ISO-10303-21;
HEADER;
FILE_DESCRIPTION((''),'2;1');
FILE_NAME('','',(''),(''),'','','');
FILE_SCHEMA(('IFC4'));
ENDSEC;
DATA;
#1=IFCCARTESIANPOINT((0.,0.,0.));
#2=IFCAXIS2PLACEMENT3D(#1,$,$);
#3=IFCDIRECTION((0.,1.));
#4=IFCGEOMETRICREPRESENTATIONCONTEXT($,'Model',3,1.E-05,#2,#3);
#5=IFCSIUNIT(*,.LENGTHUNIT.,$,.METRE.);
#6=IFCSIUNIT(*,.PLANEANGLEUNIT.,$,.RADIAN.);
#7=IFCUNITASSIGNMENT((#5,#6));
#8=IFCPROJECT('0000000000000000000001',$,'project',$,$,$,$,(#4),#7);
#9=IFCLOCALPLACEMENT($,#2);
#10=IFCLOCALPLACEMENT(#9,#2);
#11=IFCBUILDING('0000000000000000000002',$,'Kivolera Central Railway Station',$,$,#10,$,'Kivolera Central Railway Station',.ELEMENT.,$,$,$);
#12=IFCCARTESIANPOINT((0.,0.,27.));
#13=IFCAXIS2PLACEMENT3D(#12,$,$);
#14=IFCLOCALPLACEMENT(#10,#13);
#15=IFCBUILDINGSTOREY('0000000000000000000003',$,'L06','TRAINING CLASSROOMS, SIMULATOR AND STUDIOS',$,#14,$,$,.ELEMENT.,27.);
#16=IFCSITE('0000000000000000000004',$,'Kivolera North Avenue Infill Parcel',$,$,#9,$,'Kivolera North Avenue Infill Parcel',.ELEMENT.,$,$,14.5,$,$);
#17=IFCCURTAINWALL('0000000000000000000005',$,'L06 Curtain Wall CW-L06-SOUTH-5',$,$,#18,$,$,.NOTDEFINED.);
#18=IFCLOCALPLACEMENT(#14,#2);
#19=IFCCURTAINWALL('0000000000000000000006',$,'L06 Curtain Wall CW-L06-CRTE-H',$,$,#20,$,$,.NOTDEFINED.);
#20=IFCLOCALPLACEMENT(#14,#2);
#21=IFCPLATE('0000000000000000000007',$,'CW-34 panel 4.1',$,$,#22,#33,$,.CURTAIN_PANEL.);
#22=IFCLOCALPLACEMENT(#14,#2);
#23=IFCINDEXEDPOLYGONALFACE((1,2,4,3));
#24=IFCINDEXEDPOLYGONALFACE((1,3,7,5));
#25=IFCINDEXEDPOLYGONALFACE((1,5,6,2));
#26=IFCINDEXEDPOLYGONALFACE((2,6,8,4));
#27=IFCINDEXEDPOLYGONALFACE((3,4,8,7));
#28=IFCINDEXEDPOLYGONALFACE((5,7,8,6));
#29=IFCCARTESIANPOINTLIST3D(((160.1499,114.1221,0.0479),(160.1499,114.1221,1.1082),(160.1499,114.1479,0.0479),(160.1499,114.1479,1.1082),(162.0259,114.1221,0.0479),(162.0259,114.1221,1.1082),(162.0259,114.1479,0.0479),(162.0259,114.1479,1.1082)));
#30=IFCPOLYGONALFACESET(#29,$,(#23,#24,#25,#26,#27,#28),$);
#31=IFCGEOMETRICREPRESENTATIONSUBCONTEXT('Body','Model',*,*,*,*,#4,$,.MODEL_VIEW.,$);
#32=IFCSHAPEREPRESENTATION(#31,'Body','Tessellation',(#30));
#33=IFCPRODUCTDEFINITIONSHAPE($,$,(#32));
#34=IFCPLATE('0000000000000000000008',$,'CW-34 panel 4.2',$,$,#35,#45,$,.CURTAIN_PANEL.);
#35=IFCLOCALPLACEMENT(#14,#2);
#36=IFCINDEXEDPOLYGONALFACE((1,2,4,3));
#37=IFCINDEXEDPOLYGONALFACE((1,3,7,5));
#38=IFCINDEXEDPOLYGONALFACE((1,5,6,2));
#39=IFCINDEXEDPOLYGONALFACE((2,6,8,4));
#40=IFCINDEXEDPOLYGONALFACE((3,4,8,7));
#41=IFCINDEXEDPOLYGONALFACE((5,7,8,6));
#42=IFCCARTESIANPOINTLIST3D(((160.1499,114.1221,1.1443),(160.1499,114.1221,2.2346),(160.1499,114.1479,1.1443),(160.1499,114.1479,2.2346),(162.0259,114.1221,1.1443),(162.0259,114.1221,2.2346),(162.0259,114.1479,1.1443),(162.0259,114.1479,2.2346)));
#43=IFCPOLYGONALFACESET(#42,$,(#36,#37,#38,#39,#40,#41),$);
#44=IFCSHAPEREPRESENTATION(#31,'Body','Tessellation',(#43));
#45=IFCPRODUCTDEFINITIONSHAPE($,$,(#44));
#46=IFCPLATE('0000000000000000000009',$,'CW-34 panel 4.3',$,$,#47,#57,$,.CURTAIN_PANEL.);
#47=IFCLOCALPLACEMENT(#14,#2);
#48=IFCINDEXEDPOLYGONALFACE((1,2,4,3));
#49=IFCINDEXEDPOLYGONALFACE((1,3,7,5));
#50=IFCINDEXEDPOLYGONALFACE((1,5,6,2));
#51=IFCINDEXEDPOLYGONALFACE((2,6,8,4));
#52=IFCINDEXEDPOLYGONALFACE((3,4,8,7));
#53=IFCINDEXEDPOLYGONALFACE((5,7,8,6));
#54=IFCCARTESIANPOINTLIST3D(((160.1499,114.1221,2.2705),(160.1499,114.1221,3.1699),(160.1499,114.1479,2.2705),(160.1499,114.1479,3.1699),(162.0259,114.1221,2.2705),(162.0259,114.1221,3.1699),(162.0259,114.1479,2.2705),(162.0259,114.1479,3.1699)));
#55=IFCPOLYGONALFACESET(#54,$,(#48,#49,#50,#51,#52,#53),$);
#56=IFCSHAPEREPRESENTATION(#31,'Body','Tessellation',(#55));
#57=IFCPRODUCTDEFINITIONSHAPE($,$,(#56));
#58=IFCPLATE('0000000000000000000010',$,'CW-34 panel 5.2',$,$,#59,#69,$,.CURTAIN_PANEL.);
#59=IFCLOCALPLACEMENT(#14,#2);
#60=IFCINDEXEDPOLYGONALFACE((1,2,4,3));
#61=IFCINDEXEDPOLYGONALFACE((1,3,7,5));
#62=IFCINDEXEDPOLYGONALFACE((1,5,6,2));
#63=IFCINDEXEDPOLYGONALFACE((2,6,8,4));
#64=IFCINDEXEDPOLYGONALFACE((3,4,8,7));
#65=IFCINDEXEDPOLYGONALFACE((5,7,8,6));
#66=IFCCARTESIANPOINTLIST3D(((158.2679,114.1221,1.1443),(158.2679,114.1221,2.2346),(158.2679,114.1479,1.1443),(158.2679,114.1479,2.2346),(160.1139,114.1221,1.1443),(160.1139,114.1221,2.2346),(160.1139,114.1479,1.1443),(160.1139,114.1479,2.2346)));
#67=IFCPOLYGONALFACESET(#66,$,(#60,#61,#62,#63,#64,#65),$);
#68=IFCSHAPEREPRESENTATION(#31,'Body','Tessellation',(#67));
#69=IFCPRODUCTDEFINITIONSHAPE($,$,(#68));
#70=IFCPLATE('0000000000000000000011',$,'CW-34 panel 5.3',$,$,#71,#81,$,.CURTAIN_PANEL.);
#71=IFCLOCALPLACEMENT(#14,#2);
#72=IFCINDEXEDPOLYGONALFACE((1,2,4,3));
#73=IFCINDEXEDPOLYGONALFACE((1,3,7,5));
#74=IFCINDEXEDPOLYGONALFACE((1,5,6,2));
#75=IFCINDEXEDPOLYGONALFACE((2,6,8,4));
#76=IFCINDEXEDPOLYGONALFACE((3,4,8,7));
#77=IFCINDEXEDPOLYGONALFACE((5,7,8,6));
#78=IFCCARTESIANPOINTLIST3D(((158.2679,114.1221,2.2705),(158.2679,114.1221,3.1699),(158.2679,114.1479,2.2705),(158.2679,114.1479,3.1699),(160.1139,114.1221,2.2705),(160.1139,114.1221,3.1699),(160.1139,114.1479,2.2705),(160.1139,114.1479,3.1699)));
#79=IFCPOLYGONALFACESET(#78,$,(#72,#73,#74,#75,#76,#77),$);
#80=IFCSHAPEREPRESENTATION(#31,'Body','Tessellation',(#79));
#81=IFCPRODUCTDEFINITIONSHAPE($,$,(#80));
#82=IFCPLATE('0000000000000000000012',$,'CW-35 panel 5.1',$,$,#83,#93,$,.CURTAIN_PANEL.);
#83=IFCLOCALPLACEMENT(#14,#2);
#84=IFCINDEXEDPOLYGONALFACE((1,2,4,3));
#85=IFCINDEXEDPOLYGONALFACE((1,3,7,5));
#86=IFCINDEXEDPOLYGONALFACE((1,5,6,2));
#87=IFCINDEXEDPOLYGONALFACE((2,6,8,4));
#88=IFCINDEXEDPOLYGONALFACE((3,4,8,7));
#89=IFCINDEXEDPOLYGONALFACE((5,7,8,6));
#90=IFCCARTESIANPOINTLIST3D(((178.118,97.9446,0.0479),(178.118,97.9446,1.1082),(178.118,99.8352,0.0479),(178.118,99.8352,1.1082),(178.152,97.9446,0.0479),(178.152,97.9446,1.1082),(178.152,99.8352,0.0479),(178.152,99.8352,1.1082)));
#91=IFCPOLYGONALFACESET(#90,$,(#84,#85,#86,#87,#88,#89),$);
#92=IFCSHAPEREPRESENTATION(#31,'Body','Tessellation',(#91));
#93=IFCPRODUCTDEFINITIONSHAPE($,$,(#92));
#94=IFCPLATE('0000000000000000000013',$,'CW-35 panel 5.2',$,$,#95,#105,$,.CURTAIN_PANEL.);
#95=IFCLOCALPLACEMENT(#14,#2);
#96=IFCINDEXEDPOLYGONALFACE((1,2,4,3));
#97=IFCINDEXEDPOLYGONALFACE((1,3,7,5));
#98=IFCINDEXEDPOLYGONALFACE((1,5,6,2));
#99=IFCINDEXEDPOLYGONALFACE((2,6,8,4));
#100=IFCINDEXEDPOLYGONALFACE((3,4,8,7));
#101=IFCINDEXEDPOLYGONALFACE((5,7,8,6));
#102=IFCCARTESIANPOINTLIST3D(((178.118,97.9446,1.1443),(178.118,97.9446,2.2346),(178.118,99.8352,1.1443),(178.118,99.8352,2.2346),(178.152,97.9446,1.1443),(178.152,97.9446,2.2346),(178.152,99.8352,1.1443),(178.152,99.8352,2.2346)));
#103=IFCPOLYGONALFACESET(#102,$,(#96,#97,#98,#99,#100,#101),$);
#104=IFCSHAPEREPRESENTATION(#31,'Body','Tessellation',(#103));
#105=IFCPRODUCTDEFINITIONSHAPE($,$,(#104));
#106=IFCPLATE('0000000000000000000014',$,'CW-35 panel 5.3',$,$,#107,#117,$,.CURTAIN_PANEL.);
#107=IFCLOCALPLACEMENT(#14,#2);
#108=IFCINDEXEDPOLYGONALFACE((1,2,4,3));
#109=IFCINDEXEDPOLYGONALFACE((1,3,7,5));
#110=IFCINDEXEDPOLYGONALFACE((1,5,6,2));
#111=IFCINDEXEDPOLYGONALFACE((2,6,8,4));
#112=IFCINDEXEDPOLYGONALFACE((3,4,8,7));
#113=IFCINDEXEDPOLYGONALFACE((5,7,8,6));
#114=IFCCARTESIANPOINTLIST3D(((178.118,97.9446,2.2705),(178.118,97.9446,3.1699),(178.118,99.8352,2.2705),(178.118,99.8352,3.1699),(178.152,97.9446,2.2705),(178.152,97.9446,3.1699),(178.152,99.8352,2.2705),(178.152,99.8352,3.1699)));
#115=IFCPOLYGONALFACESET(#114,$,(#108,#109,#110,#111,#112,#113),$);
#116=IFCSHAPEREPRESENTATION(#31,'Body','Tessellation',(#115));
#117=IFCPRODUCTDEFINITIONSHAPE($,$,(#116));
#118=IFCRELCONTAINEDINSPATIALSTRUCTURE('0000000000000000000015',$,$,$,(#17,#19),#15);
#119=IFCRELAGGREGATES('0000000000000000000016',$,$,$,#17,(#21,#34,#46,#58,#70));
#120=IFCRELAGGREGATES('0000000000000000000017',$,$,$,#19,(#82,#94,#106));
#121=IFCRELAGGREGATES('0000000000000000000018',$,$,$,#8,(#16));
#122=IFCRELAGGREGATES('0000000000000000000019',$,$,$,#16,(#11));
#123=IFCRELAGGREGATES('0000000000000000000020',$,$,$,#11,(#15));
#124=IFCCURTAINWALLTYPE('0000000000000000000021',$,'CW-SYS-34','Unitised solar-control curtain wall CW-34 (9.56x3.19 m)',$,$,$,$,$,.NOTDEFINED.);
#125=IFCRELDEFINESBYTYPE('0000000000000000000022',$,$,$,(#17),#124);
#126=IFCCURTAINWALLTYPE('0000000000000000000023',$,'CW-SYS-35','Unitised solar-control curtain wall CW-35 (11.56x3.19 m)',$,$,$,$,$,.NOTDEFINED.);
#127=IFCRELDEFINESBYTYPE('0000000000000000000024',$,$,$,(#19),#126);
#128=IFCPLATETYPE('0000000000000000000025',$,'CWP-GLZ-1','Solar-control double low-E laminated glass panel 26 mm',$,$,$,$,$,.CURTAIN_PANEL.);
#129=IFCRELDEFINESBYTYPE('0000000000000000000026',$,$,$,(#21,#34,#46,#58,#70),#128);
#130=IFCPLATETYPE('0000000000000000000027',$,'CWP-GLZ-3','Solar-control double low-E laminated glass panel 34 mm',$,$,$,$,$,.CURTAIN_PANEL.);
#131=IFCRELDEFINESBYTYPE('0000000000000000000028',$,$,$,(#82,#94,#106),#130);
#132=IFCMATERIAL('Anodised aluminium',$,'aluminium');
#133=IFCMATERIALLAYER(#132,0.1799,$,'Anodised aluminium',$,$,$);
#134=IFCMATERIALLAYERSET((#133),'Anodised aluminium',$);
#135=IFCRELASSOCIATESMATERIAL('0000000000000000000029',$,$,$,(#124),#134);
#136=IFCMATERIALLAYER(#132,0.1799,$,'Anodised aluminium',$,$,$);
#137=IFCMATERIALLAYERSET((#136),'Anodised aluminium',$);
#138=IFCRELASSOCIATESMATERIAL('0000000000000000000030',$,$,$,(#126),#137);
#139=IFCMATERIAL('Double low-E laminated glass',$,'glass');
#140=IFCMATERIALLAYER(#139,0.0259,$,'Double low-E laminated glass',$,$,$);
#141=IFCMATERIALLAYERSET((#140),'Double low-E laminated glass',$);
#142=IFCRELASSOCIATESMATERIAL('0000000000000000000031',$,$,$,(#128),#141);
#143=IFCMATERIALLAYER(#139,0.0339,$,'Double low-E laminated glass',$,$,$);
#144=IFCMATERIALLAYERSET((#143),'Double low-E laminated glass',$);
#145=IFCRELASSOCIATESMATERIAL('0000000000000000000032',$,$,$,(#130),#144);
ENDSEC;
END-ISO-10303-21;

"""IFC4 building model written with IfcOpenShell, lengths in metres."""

from ifc_helpers import new_model, si_unit, direction, frame, origin, origin_2d, place, context, subcontext, project, spatial, rectangle, extrude, material, layer, layer_set, type_object, element, aggregate, save


model = new_model("IFC4")

# Units and contexts
model_context = context("Model", 3, precision=1e-05, world=origin(), true_north=direction((0.0, 1.0)))
body_context = subcontext(model_context, "Body", "Model", "MODEL_VIEW")
ifc_project = project(units=[si_unit("LENGTHUNIT", "METRE"), si_unit("PLANEANGLEUNIT", "RADIAN")], contexts=[model_context])

# Site, building, storey
site_placement = place(None, origin())
site = spatial("IfcSite", under=ifc_project, at=site_placement, Name="Kivolera North Avenue Infill Parcel", LongName="Kivolera North Avenue Infill Parcel", CompositionType="ELEMENT", RefElevation=14.5)
building_placement = place(site_placement, origin())
building = spatial("IfcBuilding", under=site, at=building_placement, Name="Kivolera Central Railway Station", LongName="Kivolera Central Railway Station", CompositionType="ELEMENT")
storey_placement = place(building_placement, frame((0.0, 0.0, 27.0)))
storey = spatial("IfcBuildingStorey", under=building, at=storey_placement, Name="L06", Description="TRAINING CLASSROOMS, SIMULATOR AND STUDIOS", CompositionType="ELEMENT", Elevation=27.0)

# Curtain walls
ifc_material_1 = material(Name="Anodised aluminium", Category="aluminium")
ifc_layer_1 = layer(ifc_material_1, 0.1799, Name="Anodised aluminium")
ifc_layer_set_1 = layer_set([ifc_layer_1], Name="Anodised aluminium")
curtain_wall_type_1 = type_object("IfcCurtainWallType", Name="CW-SYS-34", Description="Unitised solar-control curtain wall CW-34 (9.56x3.19 m)", PredefinedType="NOTDEFINED", material=ifc_layer_set_1)
curtain_wall_1_placement = place(storey_placement, origin())
curtain_wall_1 = element("IfcCurtainWall", 1, at=curtain_wall_1_placement, inside=storey, type_object=curtain_wall_type_1, Name="L06 Curtain Wall CW-L06-SOUTH-5", PredefinedType="NOTDEFINED")
ifc_layer_2 = layer(ifc_material_1, 0.1799, Name="Anodised aluminium")
ifc_layer_set_2 = layer_set([ifc_layer_2], Name="Anodised aluminium")
curtain_wall_type_2 = type_object("IfcCurtainWallType", Name="CW-SYS-35", Description="Unitised solar-control curtain wall CW-35 (11.56x3.19 m)", PredefinedType="NOTDEFINED", material=ifc_layer_set_2)
curtain_wall_2_placement = place(storey_placement, origin())
curtain_wall_2 = element("IfcCurtainWall", 2, at=curtain_wall_2_placement, inside=storey, type_object=curtain_wall_type_2, Name="L06 Curtain Wall CW-L06-CRTE-H", PredefinedType="NOTDEFINED")

# Plates
ifc_material_2 = material(Name="Double low-E laminated glass", Category="glass")
ifc_layer_3 = layer(ifc_material_2, 0.0259, Name="Double low-E laminated glass")
ifc_layer_set_3 = layer_set([ifc_layer_3], Name="Double low-E laminated glass")
plate_type_1 = type_object("IfcPlateType", Name="CWP-GLZ-1", Description="Solar-control double low-E laminated glass panel 26 mm", PredefinedType="CURTAIN_PANEL", material=ifc_layer_set_3)
plate_1_placement = place(storey_placement, frame((161.0879, 114.135, 0.0479), z_axis=(0.0, 0.0, 1.0), x_axis=(-1.0, 0.0, 0.0)))
plate_1 = element("IfcPlate", 3, at=plate_1_placement, type_object=plate_type_1, Name="CW-34 panel 4.1", PredefinedType="CURTAIN_PANEL", context=body_context, shape_type="SweptSolid", body=[
    extrude(rectangle(XDim=1.876, YDim=0.0259, at=origin_2d()), origin(), (0.0, 0.0, 1.0), 1.0603),
])
plate_2_placement = place(storey_placement, frame((161.0879, 114.135, 1.1443), z_axis=(0.0, 0.0, 1.0), x_axis=(-1.0, 0.0, 0.0)))
plate_2 = element("IfcPlate", 4, at=plate_2_placement, type_object=plate_type_1, Name="CW-34 panel 4.2", PredefinedType="CURTAIN_PANEL", context=body_context, shape_type="SweptSolid", body=[
    extrude(rectangle(XDim=1.876, YDim=0.0259, at=origin_2d()), origin(), (0.0, 0.0, 1.0), 1.0903),
])
plate_3_placement = place(storey_placement, frame((161.0879, 114.135, 2.2705), z_axis=(0.0, 0.0, 1.0), x_axis=(-1.0, 0.0, 0.0)))
plate_3 = element("IfcPlate", 5, at=plate_3_placement, type_object=plate_type_1, Name="CW-34 panel 4.3", PredefinedType="CURTAIN_PANEL", context=body_context, shape_type="SweptSolid", body=[
    extrude(rectangle(XDim=1.876, YDim=0.0259, at=origin_2d()), origin(), (0.0, 0.0, 1.0), 0.8994),
])
plate_4_placement = place(storey_placement, frame((159.1909, 114.135, 1.1443), z_axis=(0.0, 0.0, 1.0), x_axis=(-1.0, 0.0, 0.0)))
plate_4 = element("IfcPlate", 6, at=plate_4_placement, type_object=plate_type_1, Name="CW-34 panel 5.2", PredefinedType="CURTAIN_PANEL", context=body_context, shape_type="SweptSolid", body=[
    extrude(rectangle(XDim=1.8459, YDim=0.0259, at=origin_2d()), origin(), (0.0, 0.0, 1.0), 1.0903),
])
plate_5_placement = place(storey_placement, frame((159.1909, 114.135, 2.2705), z_axis=(0.0, 0.0, 1.0), x_axis=(-1.0, 0.0, 0.0)))
plate_5 = element("IfcPlate", 7, at=plate_5_placement, type_object=plate_type_1, Name="CW-34 panel 5.3", PredefinedType="CURTAIN_PANEL", context=body_context, shape_type="SweptSolid", body=[
    extrude(rectangle(XDim=1.8459, YDim=0.0259, at=origin_2d()), origin(), (0.0, 0.0, 1.0), 0.8994),
])
aggregate(curtain_wall_1, [plate_1, plate_2, plate_3, plate_4, plate_5])
ifc_layer_4 = layer(ifc_material_2, 0.0339, Name="Double low-E laminated glass")
ifc_layer_set_4 = layer_set([ifc_layer_4], Name="Double low-E laminated glass")
plate_type_2 = type_object("IfcPlateType", Name="CWP-GLZ-3", Description="Solar-control double low-E laminated glass panel 34 mm", PredefinedType="CURTAIN_PANEL", material=ifc_layer_set_4)
plate_6_placement = place(storey_placement, frame((178.135, 98.8899, 0.0479), z_axis=(0.0, 0.0, 1.0), x_axis=(0.0, 1.0, 0.0)))
plate_6 = element("IfcPlate", 8, at=plate_6_placement, type_object=plate_type_2, Name="CW-35 panel 5.1", PredefinedType="CURTAIN_PANEL", context=body_context, shape_type="SweptSolid", body=[
    extrude(rectangle(XDim=1.8906, YDim=0.0339, at=origin_2d()), origin(), (0.0, 0.0, 1.0), 1.0603),
])
plate_7_placement = place(storey_placement, frame((178.135, 98.8899, 1.1443), z_axis=(0.0, 0.0, 1.0), x_axis=(0.0, 1.0, 0.0)))
plate_7 = element("IfcPlate", 9, at=plate_7_placement, type_object=plate_type_2, Name="CW-35 panel 5.2", PredefinedType="CURTAIN_PANEL", context=body_context, shape_type="SweptSolid", body=[
    extrude(rectangle(XDim=1.8906, YDim=0.0339, at=origin_2d()), origin(), (0.0, 0.0, 1.0), 1.0903),
])
plate_8_placement = place(storey_placement, frame((178.135, 98.8899, 2.2705), z_axis=(0.0, 0.0, 1.0), x_axis=(0.0, 1.0, 0.0)))
plate_8 = element("IfcPlate", 10, at=plate_8_placement, type_object=plate_type_2, Name="CW-35 panel 5.3", PredefinedType="CURTAIN_PANEL", context=body_context, shape_type="SweptSolid", body=[
    extrude(rectangle(XDim=1.8906, YDim=0.0339, at=origin_2d()), origin(), (0.0, 0.0, 1.0), 0.8994),
])
aggregate(curtain_wall_2, [plate_6, plate_7, plate_8])

save(model, "model.ifc")
